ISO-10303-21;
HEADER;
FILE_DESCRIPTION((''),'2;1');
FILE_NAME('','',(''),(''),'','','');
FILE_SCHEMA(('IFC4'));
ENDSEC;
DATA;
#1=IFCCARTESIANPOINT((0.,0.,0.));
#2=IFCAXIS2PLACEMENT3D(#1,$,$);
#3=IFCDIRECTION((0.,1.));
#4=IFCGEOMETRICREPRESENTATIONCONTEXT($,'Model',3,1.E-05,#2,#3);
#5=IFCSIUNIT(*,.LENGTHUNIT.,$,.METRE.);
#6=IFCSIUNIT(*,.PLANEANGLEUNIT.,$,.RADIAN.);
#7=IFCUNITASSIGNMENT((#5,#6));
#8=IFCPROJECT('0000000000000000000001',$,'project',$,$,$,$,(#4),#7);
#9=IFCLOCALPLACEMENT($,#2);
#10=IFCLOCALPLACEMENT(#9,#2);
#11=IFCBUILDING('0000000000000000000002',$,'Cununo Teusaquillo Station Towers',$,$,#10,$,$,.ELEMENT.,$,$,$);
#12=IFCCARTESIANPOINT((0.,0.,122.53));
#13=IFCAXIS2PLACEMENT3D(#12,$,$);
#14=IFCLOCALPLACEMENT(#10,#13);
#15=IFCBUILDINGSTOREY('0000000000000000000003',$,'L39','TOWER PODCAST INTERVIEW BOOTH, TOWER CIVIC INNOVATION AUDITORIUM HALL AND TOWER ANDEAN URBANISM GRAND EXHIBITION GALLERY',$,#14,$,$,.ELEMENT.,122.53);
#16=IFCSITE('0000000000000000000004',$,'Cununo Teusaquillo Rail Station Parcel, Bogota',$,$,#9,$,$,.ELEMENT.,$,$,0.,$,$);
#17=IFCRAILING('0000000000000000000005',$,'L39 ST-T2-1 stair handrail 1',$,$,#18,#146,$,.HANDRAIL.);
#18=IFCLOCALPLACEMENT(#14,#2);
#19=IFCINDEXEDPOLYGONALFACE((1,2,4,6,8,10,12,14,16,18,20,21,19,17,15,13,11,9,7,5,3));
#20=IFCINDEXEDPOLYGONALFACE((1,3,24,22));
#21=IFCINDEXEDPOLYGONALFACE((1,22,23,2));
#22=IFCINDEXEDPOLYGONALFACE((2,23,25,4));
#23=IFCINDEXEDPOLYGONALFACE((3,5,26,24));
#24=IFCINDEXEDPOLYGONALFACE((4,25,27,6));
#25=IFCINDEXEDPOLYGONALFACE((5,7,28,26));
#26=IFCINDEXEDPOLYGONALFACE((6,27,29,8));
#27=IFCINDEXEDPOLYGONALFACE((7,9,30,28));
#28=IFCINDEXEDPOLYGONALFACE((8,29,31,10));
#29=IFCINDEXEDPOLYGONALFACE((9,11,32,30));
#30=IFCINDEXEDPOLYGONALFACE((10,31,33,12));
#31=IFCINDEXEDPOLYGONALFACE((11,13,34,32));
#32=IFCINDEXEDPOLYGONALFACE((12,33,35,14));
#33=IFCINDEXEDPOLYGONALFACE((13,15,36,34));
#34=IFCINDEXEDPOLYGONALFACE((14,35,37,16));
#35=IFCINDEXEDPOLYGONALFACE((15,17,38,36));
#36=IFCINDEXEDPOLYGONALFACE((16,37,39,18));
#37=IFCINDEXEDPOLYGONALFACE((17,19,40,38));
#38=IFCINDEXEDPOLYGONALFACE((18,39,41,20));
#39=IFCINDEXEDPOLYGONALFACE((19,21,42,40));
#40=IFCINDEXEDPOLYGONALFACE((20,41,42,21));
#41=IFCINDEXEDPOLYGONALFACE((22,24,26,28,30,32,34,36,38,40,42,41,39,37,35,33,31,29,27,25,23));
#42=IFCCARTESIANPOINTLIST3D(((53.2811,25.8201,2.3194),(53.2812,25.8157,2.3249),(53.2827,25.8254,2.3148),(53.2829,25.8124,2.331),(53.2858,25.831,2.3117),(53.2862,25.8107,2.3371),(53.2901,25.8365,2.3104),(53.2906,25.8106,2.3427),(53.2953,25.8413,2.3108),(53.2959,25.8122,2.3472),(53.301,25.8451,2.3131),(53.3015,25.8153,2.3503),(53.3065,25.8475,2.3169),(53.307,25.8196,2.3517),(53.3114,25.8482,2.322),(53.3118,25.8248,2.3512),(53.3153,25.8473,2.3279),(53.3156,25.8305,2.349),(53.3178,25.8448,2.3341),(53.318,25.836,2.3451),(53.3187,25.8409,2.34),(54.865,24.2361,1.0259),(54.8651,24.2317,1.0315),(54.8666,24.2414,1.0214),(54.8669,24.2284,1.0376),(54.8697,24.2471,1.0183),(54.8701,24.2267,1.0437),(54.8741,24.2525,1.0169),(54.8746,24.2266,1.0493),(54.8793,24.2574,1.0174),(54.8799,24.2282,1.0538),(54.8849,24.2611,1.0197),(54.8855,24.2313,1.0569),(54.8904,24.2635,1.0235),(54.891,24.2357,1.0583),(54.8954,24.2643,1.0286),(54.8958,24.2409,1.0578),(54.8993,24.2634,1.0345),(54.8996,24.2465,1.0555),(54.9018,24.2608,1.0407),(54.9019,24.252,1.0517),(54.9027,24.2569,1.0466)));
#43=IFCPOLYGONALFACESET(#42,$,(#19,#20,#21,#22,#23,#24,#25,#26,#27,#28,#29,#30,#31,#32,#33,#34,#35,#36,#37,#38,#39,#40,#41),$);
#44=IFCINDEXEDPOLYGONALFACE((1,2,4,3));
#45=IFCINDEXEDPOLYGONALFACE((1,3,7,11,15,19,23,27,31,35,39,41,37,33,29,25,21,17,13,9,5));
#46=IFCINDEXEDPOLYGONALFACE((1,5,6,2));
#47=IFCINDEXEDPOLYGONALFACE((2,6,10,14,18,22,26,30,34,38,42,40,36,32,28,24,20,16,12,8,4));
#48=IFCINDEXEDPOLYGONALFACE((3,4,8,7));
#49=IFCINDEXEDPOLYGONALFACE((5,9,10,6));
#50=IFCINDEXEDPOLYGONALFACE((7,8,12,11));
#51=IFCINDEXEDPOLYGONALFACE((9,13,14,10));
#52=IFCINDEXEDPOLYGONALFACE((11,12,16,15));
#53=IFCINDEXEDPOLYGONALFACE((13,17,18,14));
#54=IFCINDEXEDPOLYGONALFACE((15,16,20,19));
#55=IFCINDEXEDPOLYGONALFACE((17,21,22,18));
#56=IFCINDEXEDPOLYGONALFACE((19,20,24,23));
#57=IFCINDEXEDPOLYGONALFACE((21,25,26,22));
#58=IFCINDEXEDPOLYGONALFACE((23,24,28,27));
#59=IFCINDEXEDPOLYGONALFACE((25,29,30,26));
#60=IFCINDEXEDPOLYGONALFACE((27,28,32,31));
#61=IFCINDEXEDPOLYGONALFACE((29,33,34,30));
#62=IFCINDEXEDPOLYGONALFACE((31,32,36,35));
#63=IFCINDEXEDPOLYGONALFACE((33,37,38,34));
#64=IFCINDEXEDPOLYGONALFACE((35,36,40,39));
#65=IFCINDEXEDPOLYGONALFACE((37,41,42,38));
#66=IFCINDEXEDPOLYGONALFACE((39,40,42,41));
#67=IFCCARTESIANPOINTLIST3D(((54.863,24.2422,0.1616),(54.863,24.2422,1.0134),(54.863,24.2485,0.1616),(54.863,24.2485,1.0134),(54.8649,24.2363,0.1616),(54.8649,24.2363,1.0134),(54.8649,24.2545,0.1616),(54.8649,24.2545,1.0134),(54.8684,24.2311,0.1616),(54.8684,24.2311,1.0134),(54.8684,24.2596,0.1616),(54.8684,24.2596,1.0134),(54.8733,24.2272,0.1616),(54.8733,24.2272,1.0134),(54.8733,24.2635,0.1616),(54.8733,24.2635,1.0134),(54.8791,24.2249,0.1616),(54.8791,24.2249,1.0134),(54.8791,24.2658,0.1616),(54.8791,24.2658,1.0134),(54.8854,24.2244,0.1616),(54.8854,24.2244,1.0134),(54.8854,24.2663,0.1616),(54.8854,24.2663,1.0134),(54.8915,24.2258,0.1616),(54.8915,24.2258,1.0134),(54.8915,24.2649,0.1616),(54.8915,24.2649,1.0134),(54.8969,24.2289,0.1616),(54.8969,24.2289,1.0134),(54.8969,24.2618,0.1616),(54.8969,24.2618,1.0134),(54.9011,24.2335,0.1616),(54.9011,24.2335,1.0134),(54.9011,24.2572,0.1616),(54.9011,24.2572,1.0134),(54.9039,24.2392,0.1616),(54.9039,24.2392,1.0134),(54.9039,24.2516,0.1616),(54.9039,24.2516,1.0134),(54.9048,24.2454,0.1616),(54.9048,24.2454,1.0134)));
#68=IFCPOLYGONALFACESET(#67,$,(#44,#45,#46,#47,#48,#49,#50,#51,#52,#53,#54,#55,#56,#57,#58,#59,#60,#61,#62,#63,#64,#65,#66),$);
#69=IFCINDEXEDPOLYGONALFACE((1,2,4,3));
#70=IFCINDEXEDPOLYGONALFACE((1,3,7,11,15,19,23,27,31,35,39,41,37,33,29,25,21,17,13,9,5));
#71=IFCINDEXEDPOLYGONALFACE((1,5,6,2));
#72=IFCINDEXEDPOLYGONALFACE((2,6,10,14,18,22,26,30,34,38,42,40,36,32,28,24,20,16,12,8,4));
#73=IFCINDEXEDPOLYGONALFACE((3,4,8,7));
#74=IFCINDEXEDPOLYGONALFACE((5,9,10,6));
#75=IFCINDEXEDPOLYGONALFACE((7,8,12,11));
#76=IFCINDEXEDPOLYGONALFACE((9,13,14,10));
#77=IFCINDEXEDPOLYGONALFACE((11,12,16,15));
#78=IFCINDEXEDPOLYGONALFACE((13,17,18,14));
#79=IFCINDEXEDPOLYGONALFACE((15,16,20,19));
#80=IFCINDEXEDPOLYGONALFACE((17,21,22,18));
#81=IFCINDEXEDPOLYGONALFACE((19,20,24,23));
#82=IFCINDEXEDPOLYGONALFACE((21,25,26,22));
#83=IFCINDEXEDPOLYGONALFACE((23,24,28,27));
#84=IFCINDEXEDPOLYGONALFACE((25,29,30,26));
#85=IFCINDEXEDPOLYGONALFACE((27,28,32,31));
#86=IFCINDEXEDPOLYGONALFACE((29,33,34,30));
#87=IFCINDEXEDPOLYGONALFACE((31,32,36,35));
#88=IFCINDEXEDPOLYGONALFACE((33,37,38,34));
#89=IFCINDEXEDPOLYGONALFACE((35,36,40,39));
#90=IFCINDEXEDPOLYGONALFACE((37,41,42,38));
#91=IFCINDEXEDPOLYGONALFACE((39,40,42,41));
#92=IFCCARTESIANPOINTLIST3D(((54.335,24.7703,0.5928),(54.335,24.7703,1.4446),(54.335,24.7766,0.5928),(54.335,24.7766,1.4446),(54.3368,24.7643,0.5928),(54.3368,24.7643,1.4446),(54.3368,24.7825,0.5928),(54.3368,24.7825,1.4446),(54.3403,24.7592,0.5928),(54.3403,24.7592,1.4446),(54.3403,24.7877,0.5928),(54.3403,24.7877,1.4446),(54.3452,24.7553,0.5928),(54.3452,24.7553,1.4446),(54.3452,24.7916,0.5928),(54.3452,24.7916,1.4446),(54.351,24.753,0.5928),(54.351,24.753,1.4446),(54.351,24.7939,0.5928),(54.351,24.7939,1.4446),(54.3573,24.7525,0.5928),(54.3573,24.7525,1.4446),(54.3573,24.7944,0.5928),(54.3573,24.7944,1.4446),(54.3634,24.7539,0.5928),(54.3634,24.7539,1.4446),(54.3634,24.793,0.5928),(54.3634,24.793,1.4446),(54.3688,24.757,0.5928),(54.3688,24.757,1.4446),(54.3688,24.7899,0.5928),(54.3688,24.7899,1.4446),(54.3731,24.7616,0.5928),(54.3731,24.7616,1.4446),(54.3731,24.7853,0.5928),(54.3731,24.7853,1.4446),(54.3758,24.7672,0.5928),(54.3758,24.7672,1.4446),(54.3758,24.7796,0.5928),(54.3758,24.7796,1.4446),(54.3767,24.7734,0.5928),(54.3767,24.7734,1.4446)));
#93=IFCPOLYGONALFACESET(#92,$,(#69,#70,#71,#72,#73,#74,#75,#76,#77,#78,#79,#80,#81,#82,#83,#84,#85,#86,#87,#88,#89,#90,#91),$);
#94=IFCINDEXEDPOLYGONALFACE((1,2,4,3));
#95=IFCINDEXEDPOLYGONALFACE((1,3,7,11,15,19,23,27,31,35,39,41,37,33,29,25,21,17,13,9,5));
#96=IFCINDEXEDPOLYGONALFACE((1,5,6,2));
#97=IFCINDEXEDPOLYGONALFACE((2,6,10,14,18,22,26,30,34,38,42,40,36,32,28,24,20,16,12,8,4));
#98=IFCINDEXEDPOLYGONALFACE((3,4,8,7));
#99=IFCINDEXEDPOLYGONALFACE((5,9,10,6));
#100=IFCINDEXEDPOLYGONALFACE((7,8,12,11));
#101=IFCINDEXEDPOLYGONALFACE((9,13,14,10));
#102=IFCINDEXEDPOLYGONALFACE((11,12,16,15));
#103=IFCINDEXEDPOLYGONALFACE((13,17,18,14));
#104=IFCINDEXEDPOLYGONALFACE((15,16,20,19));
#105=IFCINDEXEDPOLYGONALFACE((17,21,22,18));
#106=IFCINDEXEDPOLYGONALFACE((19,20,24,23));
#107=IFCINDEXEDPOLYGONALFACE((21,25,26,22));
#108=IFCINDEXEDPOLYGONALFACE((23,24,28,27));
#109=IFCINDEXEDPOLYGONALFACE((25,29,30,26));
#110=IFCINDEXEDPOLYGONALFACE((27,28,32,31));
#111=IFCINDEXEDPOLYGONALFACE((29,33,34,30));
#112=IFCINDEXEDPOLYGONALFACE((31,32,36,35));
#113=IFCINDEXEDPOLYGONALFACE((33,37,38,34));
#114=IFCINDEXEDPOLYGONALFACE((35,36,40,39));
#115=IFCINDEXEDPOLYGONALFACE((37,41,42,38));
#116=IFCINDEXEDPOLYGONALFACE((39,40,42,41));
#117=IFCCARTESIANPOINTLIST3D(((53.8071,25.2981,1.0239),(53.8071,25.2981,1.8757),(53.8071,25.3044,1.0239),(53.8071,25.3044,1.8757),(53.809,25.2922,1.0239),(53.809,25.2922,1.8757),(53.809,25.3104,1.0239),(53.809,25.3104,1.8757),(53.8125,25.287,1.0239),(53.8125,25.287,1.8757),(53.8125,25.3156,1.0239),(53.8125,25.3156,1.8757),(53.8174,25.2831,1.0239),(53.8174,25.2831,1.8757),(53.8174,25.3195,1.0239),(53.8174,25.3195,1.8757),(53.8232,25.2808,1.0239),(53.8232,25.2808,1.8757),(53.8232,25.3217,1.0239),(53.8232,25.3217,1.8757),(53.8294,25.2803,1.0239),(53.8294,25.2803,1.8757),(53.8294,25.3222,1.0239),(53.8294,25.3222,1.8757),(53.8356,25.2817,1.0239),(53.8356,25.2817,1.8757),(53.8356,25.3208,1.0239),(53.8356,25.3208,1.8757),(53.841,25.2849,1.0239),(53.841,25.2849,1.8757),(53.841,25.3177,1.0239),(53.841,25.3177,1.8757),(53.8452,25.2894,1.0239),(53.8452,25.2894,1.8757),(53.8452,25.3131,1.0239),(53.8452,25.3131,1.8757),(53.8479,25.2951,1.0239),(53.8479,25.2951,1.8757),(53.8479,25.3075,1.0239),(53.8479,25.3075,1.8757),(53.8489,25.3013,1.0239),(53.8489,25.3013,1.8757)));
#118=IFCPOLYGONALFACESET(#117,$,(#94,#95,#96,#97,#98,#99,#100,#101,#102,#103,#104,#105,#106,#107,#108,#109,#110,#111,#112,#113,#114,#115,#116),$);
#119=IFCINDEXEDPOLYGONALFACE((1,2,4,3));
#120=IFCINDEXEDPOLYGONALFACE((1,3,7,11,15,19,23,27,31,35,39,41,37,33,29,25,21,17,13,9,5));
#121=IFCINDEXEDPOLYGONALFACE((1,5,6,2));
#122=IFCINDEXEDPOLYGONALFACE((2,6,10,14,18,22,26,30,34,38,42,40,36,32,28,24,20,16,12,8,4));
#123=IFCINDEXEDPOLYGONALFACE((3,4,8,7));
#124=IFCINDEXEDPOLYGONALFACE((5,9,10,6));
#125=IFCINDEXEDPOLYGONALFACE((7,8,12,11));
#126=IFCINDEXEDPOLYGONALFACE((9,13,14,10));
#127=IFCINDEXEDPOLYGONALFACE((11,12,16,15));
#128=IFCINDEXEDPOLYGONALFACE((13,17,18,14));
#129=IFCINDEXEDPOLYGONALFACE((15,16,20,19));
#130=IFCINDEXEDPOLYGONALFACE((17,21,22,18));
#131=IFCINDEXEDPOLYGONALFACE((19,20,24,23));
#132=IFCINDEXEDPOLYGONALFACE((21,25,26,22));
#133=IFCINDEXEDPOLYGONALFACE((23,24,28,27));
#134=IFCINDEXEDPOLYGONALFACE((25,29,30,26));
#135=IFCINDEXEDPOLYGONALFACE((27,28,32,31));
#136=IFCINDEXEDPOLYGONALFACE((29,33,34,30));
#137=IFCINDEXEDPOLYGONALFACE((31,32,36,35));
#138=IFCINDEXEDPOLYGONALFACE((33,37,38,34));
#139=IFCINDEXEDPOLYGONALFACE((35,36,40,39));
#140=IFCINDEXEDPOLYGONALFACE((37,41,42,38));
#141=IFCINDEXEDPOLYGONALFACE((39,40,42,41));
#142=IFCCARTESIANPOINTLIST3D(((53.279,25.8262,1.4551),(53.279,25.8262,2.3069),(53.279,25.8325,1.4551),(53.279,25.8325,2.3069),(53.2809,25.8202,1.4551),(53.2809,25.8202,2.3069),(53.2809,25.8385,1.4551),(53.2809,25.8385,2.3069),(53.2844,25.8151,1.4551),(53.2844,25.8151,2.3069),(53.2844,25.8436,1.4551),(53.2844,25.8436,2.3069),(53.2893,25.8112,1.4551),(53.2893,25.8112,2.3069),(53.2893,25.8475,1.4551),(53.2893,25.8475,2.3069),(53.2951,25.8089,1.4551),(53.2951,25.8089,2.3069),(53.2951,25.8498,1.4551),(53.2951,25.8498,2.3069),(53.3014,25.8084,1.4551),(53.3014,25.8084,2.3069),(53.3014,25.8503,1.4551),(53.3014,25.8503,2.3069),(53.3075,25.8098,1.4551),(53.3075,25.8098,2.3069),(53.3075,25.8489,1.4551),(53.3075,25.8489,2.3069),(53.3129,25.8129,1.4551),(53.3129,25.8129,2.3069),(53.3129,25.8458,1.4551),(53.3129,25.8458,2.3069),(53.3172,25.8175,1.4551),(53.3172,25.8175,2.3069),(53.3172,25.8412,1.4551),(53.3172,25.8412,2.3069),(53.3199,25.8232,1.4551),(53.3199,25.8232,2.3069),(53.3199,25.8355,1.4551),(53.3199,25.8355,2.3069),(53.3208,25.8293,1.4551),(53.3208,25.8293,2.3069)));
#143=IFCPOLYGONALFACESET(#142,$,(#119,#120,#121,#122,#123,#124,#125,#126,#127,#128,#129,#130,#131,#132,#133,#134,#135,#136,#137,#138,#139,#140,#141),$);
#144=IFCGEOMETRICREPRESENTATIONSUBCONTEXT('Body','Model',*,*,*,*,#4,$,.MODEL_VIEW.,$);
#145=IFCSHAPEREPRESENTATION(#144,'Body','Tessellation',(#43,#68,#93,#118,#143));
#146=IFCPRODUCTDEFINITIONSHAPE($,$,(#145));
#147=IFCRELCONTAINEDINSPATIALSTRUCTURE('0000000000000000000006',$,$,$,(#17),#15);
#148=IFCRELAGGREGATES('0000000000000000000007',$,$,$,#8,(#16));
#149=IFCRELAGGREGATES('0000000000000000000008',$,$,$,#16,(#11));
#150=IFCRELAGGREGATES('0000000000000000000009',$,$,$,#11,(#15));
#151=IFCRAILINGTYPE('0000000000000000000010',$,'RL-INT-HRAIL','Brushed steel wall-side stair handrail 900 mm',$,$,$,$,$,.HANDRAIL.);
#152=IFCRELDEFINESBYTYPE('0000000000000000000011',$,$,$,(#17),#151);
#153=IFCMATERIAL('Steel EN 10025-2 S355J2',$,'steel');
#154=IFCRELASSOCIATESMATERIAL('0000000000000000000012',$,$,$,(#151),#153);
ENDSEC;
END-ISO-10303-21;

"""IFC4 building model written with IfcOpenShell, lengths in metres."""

from ifc_helpers import new_model, si_unit, direction, frame, origin, origin_2d, place, context, subcontext, project, spatial, circle, extrude, material, type_object, element, save


model = new_model("IFC4")

# Units and contexts
model_context = context("Model", 3, precision=1e-05, world=origin(), true_north=direction((0.0, 1.0)))
body_context = subcontext(model_context, "Body", "Model", "MODEL_VIEW")
ifc_project = project(units=[si_unit("LENGTHUNIT", "METRE"), si_unit("PLANEANGLEUNIT", "RADIAN")], contexts=[model_context])

# Site, building, storey
site_placement = place(None, origin())
site = spatial("IfcSite", under=ifc_project, at=site_placement, Name="Cununo Teusaquillo Rail Station Parcel, Bogota", CompositionType="ELEMENT", RefElevation=0.0)
building_placement = place(site_placement, origin())
building = spatial("IfcBuilding", under=site, at=building_placement, Name="Cununo Teusaquillo Station Towers", CompositionType="ELEMENT")
storey_placement = place(building_placement, frame((0.0, 0.0, 122.53)))
storey = spatial("IfcBuildingStorey", under=building, at=storey_placement, Name="L39", Description="TOWER PODCAST INTERVIEW BOOTH, TOWER CIVIC INNOVATION AUDITORIUM HALL AND TOWER ANDEAN URBANISM GRAND EXHIBITION GALLERY", CompositionType="ELEMENT", Elevation=122.53)

# Railing
ifc_material_1 = material(Name="Steel EN 10025-2 S355J2", Category="steel")
railing_type_1 = type_object("IfcRailingType", Name="RL-INT-HRAIL", Description="Brushed steel wall-side stair handrail 900 mm", PredefinedType="HANDRAIL", material=ifc_material_1)
railing_1_placement = place(storey_placement, frame((54.8838, 24.2454, 0.1616)))
element("IfcRailing", 1, at=railing_1_placement, inside=storey, type_object=railing_type_1, Name="L39 ST-T2-1 stair handrail 1", PredefinedType="HANDRAIL", context=body_context, shape_type="SweptSolid", body=[
    extrude(circle(Radius=0.0239, at=origin_2d()), frame((0.0, 0.0, 0.876), z_axis=(-0.612356, 0.612356, 0.50004), x_axis=(-0.707107, -0.707107, 0.0)), (0.0, 0.0, 1.0), 2.5867),
    extrude(circle(Radius=0.021, at=origin_2d()), origin(), (0.0, 0.0, 1.0), 0.8518),
    extrude(circle(Radius=0.021, at=origin_2d()), frame((-0.5281, 0.5281, 0.4312)), (0.0, 0.0, 1.0), 0.8518),
    extrude(circle(Radius=0.021, at=origin_2d()), frame((-1.0559, 1.0559, 0.8623)), (0.0, 0.0, 1.0), 0.8518),
    extrude(circle(Radius=0.021, at=origin_2d()), frame((-1.584, 1.584, 1.2935)), (0.0, 0.0, 1.0), 0.8518),
])

save(model, "model.ifc")
